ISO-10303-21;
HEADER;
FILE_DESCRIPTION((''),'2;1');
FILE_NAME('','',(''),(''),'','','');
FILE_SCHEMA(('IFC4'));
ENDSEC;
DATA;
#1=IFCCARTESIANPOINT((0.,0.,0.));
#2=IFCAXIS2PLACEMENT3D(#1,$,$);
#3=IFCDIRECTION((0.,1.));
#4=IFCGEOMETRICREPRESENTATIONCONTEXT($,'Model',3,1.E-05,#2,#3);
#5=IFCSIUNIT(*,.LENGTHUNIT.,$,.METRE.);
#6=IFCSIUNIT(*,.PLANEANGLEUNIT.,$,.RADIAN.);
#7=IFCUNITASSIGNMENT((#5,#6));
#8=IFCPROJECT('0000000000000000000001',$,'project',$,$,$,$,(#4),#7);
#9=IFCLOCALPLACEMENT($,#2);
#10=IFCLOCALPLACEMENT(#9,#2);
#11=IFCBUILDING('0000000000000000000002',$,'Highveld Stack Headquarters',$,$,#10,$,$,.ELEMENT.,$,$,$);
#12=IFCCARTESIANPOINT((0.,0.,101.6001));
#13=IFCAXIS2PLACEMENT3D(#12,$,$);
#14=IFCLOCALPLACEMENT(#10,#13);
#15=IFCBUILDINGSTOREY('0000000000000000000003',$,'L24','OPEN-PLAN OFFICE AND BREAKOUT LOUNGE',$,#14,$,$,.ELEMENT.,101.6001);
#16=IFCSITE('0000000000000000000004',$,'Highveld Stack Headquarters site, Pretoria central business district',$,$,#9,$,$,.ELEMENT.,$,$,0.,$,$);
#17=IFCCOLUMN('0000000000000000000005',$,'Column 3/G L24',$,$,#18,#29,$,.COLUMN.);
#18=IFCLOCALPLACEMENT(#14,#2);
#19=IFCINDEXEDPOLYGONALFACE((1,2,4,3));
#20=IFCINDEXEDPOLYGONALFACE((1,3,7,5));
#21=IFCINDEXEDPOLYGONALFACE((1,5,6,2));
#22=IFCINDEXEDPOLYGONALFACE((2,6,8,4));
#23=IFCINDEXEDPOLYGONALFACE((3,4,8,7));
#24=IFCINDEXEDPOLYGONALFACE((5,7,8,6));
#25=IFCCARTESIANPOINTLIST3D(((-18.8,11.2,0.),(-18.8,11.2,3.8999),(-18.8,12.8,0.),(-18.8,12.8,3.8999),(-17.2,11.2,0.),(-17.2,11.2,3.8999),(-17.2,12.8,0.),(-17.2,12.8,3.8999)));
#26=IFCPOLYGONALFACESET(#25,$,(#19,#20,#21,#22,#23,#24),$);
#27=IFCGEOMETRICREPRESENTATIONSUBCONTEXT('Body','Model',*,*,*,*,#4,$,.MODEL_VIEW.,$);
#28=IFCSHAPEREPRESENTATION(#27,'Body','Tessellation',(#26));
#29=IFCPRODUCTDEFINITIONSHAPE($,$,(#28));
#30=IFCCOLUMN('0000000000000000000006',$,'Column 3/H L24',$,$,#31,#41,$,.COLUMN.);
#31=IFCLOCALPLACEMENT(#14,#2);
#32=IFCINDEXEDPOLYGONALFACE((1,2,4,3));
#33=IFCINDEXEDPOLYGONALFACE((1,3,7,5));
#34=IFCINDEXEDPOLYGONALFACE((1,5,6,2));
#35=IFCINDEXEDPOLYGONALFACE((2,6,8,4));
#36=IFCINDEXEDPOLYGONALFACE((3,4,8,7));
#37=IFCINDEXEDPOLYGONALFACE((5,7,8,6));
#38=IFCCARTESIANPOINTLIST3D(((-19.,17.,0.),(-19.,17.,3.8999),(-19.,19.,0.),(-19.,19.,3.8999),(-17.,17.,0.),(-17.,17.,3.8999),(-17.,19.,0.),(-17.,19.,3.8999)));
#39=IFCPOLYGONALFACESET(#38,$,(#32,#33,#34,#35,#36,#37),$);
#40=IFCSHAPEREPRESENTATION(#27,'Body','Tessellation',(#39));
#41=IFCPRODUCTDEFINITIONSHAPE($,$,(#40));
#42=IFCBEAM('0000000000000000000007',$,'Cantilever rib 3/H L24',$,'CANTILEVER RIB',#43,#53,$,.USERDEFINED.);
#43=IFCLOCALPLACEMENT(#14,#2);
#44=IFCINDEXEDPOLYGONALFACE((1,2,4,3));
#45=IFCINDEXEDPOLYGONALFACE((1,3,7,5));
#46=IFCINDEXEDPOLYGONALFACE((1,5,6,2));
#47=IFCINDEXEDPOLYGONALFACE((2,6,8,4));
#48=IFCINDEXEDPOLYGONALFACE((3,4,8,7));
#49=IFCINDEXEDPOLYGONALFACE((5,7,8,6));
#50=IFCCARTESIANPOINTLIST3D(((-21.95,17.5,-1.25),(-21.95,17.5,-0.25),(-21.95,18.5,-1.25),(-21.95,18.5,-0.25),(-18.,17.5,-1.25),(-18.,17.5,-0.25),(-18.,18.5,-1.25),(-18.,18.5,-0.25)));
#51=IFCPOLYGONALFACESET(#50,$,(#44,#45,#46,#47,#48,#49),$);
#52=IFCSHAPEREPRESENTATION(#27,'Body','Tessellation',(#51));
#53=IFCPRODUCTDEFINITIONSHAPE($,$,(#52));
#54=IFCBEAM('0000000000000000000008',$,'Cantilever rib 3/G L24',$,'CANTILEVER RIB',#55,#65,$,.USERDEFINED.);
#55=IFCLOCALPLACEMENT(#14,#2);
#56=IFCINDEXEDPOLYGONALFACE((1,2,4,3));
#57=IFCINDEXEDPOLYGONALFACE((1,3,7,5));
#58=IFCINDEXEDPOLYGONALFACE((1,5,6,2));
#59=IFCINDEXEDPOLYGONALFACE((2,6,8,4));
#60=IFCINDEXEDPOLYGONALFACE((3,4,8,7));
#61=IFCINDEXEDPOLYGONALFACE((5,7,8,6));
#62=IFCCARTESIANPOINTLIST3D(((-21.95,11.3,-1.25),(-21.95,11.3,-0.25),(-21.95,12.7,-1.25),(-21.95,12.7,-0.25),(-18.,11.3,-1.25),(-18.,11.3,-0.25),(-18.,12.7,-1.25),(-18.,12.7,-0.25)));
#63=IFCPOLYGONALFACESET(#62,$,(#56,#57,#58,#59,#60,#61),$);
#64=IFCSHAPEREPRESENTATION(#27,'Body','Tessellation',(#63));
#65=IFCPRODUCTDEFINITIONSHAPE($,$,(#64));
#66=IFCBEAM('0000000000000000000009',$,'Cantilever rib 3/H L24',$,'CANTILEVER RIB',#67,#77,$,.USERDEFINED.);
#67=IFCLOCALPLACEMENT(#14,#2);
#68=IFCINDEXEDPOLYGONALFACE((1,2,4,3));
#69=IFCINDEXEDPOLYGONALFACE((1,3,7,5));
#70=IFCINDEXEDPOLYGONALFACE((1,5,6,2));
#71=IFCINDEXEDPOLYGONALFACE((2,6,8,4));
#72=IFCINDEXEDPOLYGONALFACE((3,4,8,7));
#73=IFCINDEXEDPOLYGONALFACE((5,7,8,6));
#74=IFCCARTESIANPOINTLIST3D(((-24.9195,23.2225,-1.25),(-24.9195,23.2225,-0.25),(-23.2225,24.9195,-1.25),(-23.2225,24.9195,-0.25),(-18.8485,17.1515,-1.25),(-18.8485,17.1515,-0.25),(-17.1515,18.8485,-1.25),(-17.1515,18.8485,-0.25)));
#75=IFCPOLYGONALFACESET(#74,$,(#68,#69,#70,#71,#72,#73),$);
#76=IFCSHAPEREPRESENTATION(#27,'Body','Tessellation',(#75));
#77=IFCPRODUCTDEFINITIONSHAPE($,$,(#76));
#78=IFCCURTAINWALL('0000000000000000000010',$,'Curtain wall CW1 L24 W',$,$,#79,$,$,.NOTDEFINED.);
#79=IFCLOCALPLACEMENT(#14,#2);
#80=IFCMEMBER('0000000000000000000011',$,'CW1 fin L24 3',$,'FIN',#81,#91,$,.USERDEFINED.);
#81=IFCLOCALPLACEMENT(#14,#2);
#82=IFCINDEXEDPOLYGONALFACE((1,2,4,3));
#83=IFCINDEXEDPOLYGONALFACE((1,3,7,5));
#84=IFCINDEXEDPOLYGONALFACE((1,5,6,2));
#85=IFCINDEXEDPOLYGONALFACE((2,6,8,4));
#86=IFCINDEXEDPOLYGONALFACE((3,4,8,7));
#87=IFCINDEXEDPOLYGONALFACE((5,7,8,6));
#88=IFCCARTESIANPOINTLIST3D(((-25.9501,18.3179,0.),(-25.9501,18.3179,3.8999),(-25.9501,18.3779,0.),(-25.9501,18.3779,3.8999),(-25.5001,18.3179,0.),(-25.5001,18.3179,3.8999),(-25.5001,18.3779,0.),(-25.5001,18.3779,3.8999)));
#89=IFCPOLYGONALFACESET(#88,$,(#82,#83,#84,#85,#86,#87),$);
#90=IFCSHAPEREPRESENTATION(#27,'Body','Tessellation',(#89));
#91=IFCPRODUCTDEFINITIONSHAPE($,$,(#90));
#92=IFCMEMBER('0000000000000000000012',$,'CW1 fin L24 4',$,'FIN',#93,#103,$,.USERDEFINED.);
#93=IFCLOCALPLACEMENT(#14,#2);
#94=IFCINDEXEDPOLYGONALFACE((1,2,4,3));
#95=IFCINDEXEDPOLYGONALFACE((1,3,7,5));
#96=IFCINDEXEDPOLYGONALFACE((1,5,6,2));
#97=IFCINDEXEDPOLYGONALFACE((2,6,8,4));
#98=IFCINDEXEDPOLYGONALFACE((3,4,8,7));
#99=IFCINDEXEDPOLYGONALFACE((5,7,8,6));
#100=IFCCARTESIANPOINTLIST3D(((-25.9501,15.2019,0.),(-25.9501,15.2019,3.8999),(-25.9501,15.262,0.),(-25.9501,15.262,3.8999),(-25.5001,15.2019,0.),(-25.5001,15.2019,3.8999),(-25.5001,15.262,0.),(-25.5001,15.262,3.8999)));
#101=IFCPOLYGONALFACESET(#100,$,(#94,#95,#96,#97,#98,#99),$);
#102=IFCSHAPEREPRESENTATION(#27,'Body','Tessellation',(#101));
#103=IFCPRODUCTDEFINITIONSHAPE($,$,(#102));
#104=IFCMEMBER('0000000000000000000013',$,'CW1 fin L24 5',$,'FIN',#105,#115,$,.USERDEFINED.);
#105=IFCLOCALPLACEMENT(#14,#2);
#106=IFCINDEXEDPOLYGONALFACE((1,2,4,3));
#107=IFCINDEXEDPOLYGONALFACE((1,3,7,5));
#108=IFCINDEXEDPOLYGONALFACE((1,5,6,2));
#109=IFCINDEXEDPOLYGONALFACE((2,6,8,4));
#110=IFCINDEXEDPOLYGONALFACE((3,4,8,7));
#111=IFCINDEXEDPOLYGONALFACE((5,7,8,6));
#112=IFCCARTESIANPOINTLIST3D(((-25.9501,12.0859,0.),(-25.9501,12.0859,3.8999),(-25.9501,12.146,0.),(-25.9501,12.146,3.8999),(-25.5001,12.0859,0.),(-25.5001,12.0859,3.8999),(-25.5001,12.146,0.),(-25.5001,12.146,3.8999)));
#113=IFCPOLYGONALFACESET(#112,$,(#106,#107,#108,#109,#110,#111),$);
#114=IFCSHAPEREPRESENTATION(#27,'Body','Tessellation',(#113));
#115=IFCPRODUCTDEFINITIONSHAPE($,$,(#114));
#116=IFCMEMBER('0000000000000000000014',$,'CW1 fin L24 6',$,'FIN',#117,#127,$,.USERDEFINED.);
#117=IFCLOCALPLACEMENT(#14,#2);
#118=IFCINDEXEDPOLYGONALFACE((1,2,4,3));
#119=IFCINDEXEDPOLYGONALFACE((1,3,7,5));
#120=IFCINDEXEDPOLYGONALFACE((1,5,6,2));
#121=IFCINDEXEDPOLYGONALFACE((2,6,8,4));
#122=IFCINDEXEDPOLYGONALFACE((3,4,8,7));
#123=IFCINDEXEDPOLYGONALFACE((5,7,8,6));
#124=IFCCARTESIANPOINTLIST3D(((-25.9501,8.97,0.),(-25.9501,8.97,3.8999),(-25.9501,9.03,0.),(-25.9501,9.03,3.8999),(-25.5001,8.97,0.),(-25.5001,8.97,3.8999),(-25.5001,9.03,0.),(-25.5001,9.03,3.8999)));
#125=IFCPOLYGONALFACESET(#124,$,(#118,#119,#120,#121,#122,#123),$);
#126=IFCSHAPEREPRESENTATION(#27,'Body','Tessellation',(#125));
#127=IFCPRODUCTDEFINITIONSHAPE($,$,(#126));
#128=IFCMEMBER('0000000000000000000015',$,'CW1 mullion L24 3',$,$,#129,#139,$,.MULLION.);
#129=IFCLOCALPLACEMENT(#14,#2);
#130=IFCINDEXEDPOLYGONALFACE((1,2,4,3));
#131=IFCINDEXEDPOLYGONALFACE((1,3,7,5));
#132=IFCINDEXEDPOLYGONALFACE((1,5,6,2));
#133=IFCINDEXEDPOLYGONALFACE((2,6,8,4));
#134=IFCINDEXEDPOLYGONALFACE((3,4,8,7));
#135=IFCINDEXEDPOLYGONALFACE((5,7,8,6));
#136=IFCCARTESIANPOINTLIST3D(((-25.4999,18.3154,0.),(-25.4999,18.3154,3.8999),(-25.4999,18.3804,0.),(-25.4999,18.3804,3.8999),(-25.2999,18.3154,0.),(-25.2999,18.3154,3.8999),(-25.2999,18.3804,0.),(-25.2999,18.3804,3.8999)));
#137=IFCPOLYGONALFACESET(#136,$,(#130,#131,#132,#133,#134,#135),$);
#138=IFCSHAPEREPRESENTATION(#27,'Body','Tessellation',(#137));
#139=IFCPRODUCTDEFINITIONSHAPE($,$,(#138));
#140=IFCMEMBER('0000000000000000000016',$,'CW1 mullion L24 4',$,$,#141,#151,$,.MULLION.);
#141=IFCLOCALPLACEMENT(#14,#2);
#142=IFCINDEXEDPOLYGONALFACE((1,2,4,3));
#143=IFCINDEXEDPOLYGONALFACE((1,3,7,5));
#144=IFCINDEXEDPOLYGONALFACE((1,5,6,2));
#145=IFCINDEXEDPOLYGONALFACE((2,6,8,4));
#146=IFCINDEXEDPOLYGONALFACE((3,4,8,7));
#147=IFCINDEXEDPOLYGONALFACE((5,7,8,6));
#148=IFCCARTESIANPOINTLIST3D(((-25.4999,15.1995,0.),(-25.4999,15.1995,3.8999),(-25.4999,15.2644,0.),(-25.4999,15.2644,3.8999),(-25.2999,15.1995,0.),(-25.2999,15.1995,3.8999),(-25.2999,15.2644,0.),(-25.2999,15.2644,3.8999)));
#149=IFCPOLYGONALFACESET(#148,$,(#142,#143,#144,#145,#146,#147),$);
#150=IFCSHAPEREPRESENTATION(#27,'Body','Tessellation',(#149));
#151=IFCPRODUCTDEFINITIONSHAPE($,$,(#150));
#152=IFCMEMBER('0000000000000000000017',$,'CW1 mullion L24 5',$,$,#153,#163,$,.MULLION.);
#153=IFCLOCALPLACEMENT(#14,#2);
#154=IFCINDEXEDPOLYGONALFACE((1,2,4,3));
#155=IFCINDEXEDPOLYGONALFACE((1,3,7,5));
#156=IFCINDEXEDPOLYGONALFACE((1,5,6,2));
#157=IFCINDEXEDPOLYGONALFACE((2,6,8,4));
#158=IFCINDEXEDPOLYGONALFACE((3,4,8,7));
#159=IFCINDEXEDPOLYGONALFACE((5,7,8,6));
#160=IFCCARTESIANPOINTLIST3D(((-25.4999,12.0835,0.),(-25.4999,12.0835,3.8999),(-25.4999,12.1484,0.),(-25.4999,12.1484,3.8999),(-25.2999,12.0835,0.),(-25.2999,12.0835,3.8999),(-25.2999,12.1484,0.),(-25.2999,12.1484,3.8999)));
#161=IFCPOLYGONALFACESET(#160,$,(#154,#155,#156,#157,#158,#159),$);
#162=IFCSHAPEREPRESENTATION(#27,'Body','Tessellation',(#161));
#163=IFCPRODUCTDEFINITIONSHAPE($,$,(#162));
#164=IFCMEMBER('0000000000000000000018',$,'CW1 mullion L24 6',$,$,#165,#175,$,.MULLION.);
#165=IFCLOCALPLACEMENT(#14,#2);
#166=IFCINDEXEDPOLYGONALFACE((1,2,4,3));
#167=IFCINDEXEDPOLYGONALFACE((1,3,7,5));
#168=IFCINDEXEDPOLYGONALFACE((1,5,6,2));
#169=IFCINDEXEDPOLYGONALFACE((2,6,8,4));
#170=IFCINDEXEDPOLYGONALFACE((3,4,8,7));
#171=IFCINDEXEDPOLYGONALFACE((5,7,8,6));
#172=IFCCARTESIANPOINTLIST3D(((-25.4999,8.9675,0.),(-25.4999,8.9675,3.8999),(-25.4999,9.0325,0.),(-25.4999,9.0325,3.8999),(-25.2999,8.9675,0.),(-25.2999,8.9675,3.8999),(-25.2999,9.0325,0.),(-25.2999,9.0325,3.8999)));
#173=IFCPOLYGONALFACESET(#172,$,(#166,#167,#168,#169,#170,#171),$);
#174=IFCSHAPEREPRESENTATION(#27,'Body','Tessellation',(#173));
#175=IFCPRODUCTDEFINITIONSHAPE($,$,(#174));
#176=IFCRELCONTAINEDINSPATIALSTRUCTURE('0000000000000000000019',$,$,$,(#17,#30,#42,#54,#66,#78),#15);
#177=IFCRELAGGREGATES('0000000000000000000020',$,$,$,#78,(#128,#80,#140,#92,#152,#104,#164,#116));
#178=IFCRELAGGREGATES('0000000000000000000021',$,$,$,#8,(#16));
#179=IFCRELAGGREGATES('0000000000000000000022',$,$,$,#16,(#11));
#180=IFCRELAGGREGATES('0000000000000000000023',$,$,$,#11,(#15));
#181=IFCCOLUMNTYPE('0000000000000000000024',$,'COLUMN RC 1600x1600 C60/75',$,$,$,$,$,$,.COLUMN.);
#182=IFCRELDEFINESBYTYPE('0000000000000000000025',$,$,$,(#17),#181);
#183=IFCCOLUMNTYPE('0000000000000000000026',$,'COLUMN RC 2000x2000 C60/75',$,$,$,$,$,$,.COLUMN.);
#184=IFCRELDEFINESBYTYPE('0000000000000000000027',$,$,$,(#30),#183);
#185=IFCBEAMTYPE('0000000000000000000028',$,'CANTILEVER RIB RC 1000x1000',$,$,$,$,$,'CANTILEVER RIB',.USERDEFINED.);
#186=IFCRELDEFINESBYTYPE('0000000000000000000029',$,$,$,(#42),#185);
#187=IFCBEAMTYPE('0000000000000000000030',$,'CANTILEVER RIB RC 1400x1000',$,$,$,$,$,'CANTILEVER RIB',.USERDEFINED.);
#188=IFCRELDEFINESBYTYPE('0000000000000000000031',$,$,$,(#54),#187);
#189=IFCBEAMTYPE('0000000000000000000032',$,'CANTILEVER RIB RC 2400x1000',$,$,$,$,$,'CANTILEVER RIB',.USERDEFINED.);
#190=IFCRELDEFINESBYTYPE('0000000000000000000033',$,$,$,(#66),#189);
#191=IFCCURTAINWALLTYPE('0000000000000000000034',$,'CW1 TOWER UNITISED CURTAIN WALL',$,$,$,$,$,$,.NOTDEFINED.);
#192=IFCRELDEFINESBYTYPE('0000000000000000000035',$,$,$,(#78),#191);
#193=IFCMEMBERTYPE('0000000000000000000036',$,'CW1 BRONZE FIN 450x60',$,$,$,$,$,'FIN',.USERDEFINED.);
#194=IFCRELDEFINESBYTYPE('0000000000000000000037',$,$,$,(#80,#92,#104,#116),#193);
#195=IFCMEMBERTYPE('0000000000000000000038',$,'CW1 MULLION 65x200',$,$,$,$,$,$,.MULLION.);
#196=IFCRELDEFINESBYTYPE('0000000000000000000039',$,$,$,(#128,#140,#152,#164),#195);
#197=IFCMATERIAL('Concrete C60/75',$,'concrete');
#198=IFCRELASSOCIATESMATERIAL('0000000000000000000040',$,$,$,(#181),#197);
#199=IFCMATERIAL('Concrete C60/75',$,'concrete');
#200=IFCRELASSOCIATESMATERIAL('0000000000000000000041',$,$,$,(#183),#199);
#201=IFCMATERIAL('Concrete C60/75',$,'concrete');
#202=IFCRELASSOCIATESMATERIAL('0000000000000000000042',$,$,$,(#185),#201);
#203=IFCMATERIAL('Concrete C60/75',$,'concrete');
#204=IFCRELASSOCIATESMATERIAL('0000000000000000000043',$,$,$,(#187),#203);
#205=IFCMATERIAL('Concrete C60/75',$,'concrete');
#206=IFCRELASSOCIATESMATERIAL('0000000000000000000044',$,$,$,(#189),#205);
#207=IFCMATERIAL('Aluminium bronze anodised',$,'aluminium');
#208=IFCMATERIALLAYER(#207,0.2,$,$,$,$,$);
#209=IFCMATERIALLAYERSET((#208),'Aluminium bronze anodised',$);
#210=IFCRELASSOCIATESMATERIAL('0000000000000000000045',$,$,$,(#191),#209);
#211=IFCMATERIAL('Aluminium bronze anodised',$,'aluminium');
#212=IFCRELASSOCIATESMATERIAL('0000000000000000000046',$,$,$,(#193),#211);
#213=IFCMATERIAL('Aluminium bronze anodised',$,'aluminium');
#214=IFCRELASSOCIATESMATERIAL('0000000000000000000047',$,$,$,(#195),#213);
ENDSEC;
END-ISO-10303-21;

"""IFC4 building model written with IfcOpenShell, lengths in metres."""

from ifc_helpers import new_model, si_unit, direction, frame, origin, origin_2d, place, context, subcontext, project, spatial, rectangle, extrude, material, layer, layer_set, material_profile, profile_set, type_object, element, aggregate, save


model = new_model("IFC4")

# Units and contexts
model_context = context("Model", 3, precision=1e-05, world=origin(), true_north=direction((0.0, 1.0)))
body_context = subcontext(model_context, "Body", "Model", "MODEL_VIEW")
ifc_project = project(units=[si_unit("LENGTHUNIT", "METRE"), si_unit("PLANEANGLEUNIT", "RADIAN")], contexts=[model_context])

# Site, building, storey
site_placement = place(None, origin())
site = spatial("IfcSite", under=ifc_project, at=site_placement, Name="Highveld Stack Headquarters site, Pretoria central business district", CompositionType="ELEMENT", RefElevation=0.0)
building_placement = place(site_placement, origin())
building = spatial("IfcBuilding", under=site, at=building_placement, Name="Highveld Stack Headquarters", CompositionType="ELEMENT")
storey_placement = place(building_placement, frame((0.0, 0.0, 101.6001)))
storey = spatial("IfcBuildingStorey", under=building, at=storey_placement, Name="L24", Description="OPEN-PLAN OFFICE AND BREAKOUT LOUNGE", CompositionType="ELEMENT", Elevation=101.6001)

# Columns
ifc_material_1 = material(Name="Concrete C60/75", Category="concrete")
ifc_material_profile_1 = material_profile(ifc_material_1, rectangle(XDim=1.6001, YDim=1.6001, at=origin_2d()), Name="RC 1600x1600")
ifc_profile_set_1 = profile_set([ifc_material_profile_1], Name="Concrete C60/75")
column_type_1 = type_object("IfcColumnType", Name="COLUMN RC 1600x1600 C60/75", PredefinedType="COLUMN", material=ifc_profile_set_1)
column_1_placement = place(storey_placement, frame((-18.0, 12.0, 0.0), z_axis=(0.0, 0.0, 1.0), x_axis=(1.0, 0.0, 0.0)))
element("IfcColumn", 1, at=column_1_placement, inside=storey, type_object=column_type_1, Name="Column 3/G L24", PredefinedType="COLUMN", context=body_context, shape_type="SweptSolid", body=[
    extrude(rectangle(XDim=1.6001, YDim=1.6001, at=origin_2d()), origin(), (0.0, 0.0, 1.0), 3.8999),
])
ifc_material_2 = material(Name="Concrete C60/75", Category="concrete")
ifc_material_profile_2 = material_profile(ifc_material_2, rectangle(XDim=2.0, YDim=2.0, at=origin_2d()), Name="RC 2000x2000")
ifc_profile_set_2 = profile_set([ifc_material_profile_2], Name="Concrete C60/75")
column_type_2 = type_object("IfcColumnType", Name="COLUMN RC 2000x2000 C60/75", PredefinedType="COLUMN", material=ifc_profile_set_2)
column_2_placement = place(storey_placement, frame((-18.0, 18.0, 0.0), z_axis=(0.0, 0.0, 1.0), x_axis=(1.0, 0.0, 0.0)))
element("IfcColumn", 2, at=column_2_placement, inside=storey, type_object=column_type_2, Name="Column 3/H L24", PredefinedType="COLUMN", context=body_context, shape_type="SweptSolid", body=[
    extrude(rectangle(XDim=2.0, YDim=2.0, at=origin_2d()), origin(), (0.0, 0.0, 1.0), 3.8999),
])

# Beams
ifc_material_3 = material(Name="Concrete C60/75", Category="concrete")
ifc_material_profile_3 = material_profile(ifc_material_3, rectangle(XDim=1.0, YDim=1.0, at=origin_2d()), Name="RC 1000x1000")
ifc_profile_set_3 = profile_set([ifc_material_profile_3], Name="Concrete C60/75")
beam_type_1 = type_object("IfcBeamType", Name="CANTILEVER RIB RC 1000x1000", ElementType="CANTILEVER RIB", PredefinedType="USERDEFINED", material=ifc_profile_set_3)
beam_1_placement = place(storey_placement, frame((-18.0, 18.0, -0.75), z_axis=(-1.0, 0.0, 0.0), x_axis=(0.0, -1.0, 0.0)))
element("IfcBeam", 3, at=beam_1_placement, inside=storey, type_object=beam_type_1, Name="Cantilever rib 3/H L24", ObjectType="CANTILEVER RIB", PredefinedType="USERDEFINED", context=body_context, shape_type="SweptSolid", body=[
    extrude(rectangle(XDim=1.0, YDim=1.0, at=origin_2d()), origin(), (0.0, 0.0, 1.0), 3.95),
])
ifc_material_4 = material(Name="Concrete C60/75", Category="concrete")
ifc_material_profile_4 = material_profile(ifc_material_4, rectangle(XDim=1.3999, YDim=1.0, at=origin_2d()), Name="RC 1400x1000")
ifc_profile_set_4 = profile_set([ifc_material_profile_4], Name="Concrete C60/75")
beam_type_2 = type_object("IfcBeamType", Name="CANTILEVER RIB RC 1400x1000", ElementType="CANTILEVER RIB", PredefinedType="USERDEFINED", material=ifc_profile_set_4)
beam_2_placement = place(storey_placement, frame((-18.0, 12.0, -0.75), z_axis=(-1.0, 0.0, 0.0), x_axis=(0.0, -1.0, 0.0)))
element("IfcBeam", 4, at=beam_2_placement, inside=storey, type_object=beam_type_2, Name="Cantilever rib 3/G L24", ObjectType="CANTILEVER RIB", PredefinedType="USERDEFINED", context=body_context, shape_type="SweptSolid", body=[
    extrude(rectangle(XDim=1.3999, YDim=1.0, at=origin_2d()), origin(), (0.0, 0.0, 1.0), 3.95),
])
ifc_material_5 = material(Name="Concrete C60/75", Category="concrete")
ifc_material_profile_5 = material_profile(ifc_material_5, rectangle(XDim=2.3999, YDim=1.0, at=origin_2d()), Name="RC 2400x1000")
ifc_profile_set_5 = profile_set([ifc_material_profile_5], Name="Concrete C60/75")
beam_type_3 = type_object("IfcBeamType", Name="CANTILEVER RIB RC 2400x1000", ElementType="CANTILEVER RIB", PredefinedType="USERDEFINED", material=ifc_profile_set_5)
beam_3_placement = place(storey_placement, frame((-18.0, 18.0, -0.75), z_axis=(-0.707107, 0.707107, 0.0), x_axis=(-0.707107, -0.707107, 0.0)))
element("IfcBeam", 5, at=beam_3_placement, inside=storey, type_object=beam_type_3, Name="Cantilever rib 3/H L24", ObjectType="CANTILEVER RIB", PredefinedType="USERDEFINED", context=body_context, shape_type="SweptSolid", body=[
    extrude(rectangle(XDim=2.3999, YDim=1.0, at=origin_2d()), origin(), (0.0, 0.0, 1.0), 8.5857),
])

# Curtain wall, members
ifc_material_6 = material(Name="Aluminium bronze anodised", Category="aluminium")
ifc_layer_1 = layer(ifc_material_6, 0.2)
ifc_layer_set_1 = layer_set([ifc_layer_1], Name="Aluminium bronze anodised")
curtain_wall_type = type_object("IfcCurtainWallType", Name="CW1 TOWER UNITISED CURTAIN WALL", PredefinedType="NOTDEFINED", material=ifc_layer_set_1)
curtain_wall_placement = place(storey_placement, origin())
curtain_wall = element("IfcCurtainWall", 6, at=curtain_wall_placement, inside=storey, type_object=curtain_wall_type, Name="Curtain wall CW1 L24 W", PredefinedType="NOTDEFINED")
ifc_material_7 = material(Name="Aluminium bronze anodised", Category="aluminium")
ifc_material_profile_6 = material_profile(ifc_material_7, rectangle(XDim=0.45, YDim=0.0601, at=origin_2d()), Name="FIN 450x60")
ifc_profile_set_6 = profile_set([ifc_material_profile_6], Name="Aluminium bronze anodised")
member_type_1 = type_object("IfcMemberType", Name="CW1 BRONZE FIN 450x60", ElementType="FIN", PredefinedType="USERDEFINED", material=ifc_profile_set_6)
member_1_placement = place(storey_placement, frame((-25.7251, 18.3479, 0.0), z_axis=(0.0, 0.0, 1.0), x_axis=(1.0, 0.0, 0.0)))
member_1 = element("IfcMember", 7, at=member_1_placement, type_object=member_type_1, Name="CW1 fin L24 3", ObjectType="FIN", PredefinedType="USERDEFINED", context=body_context, shape_type="SweptSolid", body=[
    extrude(rectangle(XDim=0.45, YDim=0.0601, at=origin_2d()), origin(), (0.0, 0.0, 1.0), 3.8999),
])
member_2_placement = place(storey_placement, frame((-25.7251, 15.2319, 0.0), z_axis=(0.0, 0.0, 1.0), x_axis=(1.0, 0.0, 0.0)))
member_2 = element("IfcMember", 8, at=member_2_placement, type_object=member_type_1, Name="CW1 fin L24 4", ObjectType="FIN", PredefinedType="USERDEFINED", context=body_context, shape_type="SweptSolid", body=[
    extrude(rectangle(XDim=0.45, YDim=0.0601, at=origin_2d()), origin(), (0.0, 0.0, 1.0), 3.8999),
])
member_3_placement = place(storey_placement, frame((-25.7251, 12.116, 0.0), z_axis=(0.0, 0.0, 1.0), x_axis=(1.0, 0.0, 0.0)))
member_3 = element("IfcMember", 9, at=member_3_placement, type_object=member_type_1, Name="CW1 fin L24 5", ObjectType="FIN", PredefinedType="USERDEFINED", context=body_context, shape_type="SweptSolid", body=[
    extrude(rectangle(XDim=0.45, YDim=0.0601, at=origin_2d()), origin(), (0.0, 0.0, 1.0), 3.8999),
])
member_4_placement = place(storey_placement, frame((-25.7251, 9.0, 0.0), z_axis=(0.0, 0.0, 1.0), x_axis=(1.0, 0.0, 0.0)))
member_4 = element("IfcMember", 10, at=member_4_placement, type_object=member_type_1, Name="CW1 fin L24 6", ObjectType="FIN", PredefinedType="USERDEFINED", context=body_context, shape_type="SweptSolid", body=[
    extrude(rectangle(XDim=0.45, YDim=0.0601, at=origin_2d()), origin(), (0.0, 0.0, 1.0), 3.8999),
])
ifc_material_8 = material(Name="Aluminium bronze anodised", Category="aluminium")
ifc_material_profile_7 = material_profile(ifc_material_8, rectangle(XDim=0.2, YDim=0.0649, at=origin_2d()), Name="CW1 MULLION 65x200")
ifc_profile_set_7 = profile_set([ifc_material_profile_7], Name="Aluminium bronze anodised")
member_type_2 = type_object("IfcMemberType", Name="CW1 MULLION 65x200", PredefinedType="MULLION", material=ifc_profile_set_7)
member_5_placement = place(storey_placement, frame((-25.3999, 18.3479, 0.0), z_axis=(0.0, 0.0, 1.0), x_axis=(1.0, 0.0, 0.0)))
member_5 = element("IfcMember", 11, at=member_5_placement, type_object=member_type_2, Name="CW1 mullion L24 3", PredefinedType="MULLION", context=body_context, shape_type="SweptSolid", body=[
    extrude(rectangle(XDim=0.2, YDim=0.0649, at=origin_2d()), origin(), (0.0, 0.0, 1.0), 3.8999),
])
member_6_placement = place(storey_placement, frame((-25.3999, 15.2319, 0.0), z_axis=(0.0, 0.0, 1.0), x_axis=(1.0, 0.0, 0.0)))
member_6 = element("IfcMember", 12, at=member_6_placement, type_object=member_type_2, Name="CW1 mullion L24 4", PredefinedType="MULLION", context=body_context, shape_type="SweptSolid", body=[
    extrude(rectangle(XDim=0.2, YDim=0.0649, at=origin_2d()), origin(), (0.0, 0.0, 1.0), 3.8999),
])
member_7_placement = place(storey_placement, frame((-25.3999, 12.116, 0.0), z_axis=(0.0, 0.0, 1.0), x_axis=(1.0, 0.0, 0.0)))
member_7 = element("IfcMember", 13, at=member_7_placement, type_object=member_type_2, Name="CW1 mullion L24 5", PredefinedType="MULLION", context=body_context, shape_type="SweptSolid", body=[
    extrude(rectangle(XDim=0.2, YDim=0.0649, at=origin_2d()), origin(), (0.0, 0.0, 1.0), 3.8999),
])
member_8_placement = place(storey_placement, frame((-25.3999, 9.0, 0.0), z_axis=(0.0, 0.0, 1.0), x_axis=(1.0, 0.0, 0.0)))
member_8 = element("IfcMember", 14, at=member_8_placement, type_object=member_type_2, Name="CW1 mullion L24 6", PredefinedType="MULLION", context=body_context, shape_type="SweptSolid", body=[
    extrude(rectangle(XDim=0.2, YDim=0.0649, at=origin_2d()), origin(), (0.0, 0.0, 1.0), 3.8999),
])

aggregate(curtain_wall, [member_5, member_1, member_6, member_2, member_7, member_3, member_8, member_4])

save(model, "model.ifc")
